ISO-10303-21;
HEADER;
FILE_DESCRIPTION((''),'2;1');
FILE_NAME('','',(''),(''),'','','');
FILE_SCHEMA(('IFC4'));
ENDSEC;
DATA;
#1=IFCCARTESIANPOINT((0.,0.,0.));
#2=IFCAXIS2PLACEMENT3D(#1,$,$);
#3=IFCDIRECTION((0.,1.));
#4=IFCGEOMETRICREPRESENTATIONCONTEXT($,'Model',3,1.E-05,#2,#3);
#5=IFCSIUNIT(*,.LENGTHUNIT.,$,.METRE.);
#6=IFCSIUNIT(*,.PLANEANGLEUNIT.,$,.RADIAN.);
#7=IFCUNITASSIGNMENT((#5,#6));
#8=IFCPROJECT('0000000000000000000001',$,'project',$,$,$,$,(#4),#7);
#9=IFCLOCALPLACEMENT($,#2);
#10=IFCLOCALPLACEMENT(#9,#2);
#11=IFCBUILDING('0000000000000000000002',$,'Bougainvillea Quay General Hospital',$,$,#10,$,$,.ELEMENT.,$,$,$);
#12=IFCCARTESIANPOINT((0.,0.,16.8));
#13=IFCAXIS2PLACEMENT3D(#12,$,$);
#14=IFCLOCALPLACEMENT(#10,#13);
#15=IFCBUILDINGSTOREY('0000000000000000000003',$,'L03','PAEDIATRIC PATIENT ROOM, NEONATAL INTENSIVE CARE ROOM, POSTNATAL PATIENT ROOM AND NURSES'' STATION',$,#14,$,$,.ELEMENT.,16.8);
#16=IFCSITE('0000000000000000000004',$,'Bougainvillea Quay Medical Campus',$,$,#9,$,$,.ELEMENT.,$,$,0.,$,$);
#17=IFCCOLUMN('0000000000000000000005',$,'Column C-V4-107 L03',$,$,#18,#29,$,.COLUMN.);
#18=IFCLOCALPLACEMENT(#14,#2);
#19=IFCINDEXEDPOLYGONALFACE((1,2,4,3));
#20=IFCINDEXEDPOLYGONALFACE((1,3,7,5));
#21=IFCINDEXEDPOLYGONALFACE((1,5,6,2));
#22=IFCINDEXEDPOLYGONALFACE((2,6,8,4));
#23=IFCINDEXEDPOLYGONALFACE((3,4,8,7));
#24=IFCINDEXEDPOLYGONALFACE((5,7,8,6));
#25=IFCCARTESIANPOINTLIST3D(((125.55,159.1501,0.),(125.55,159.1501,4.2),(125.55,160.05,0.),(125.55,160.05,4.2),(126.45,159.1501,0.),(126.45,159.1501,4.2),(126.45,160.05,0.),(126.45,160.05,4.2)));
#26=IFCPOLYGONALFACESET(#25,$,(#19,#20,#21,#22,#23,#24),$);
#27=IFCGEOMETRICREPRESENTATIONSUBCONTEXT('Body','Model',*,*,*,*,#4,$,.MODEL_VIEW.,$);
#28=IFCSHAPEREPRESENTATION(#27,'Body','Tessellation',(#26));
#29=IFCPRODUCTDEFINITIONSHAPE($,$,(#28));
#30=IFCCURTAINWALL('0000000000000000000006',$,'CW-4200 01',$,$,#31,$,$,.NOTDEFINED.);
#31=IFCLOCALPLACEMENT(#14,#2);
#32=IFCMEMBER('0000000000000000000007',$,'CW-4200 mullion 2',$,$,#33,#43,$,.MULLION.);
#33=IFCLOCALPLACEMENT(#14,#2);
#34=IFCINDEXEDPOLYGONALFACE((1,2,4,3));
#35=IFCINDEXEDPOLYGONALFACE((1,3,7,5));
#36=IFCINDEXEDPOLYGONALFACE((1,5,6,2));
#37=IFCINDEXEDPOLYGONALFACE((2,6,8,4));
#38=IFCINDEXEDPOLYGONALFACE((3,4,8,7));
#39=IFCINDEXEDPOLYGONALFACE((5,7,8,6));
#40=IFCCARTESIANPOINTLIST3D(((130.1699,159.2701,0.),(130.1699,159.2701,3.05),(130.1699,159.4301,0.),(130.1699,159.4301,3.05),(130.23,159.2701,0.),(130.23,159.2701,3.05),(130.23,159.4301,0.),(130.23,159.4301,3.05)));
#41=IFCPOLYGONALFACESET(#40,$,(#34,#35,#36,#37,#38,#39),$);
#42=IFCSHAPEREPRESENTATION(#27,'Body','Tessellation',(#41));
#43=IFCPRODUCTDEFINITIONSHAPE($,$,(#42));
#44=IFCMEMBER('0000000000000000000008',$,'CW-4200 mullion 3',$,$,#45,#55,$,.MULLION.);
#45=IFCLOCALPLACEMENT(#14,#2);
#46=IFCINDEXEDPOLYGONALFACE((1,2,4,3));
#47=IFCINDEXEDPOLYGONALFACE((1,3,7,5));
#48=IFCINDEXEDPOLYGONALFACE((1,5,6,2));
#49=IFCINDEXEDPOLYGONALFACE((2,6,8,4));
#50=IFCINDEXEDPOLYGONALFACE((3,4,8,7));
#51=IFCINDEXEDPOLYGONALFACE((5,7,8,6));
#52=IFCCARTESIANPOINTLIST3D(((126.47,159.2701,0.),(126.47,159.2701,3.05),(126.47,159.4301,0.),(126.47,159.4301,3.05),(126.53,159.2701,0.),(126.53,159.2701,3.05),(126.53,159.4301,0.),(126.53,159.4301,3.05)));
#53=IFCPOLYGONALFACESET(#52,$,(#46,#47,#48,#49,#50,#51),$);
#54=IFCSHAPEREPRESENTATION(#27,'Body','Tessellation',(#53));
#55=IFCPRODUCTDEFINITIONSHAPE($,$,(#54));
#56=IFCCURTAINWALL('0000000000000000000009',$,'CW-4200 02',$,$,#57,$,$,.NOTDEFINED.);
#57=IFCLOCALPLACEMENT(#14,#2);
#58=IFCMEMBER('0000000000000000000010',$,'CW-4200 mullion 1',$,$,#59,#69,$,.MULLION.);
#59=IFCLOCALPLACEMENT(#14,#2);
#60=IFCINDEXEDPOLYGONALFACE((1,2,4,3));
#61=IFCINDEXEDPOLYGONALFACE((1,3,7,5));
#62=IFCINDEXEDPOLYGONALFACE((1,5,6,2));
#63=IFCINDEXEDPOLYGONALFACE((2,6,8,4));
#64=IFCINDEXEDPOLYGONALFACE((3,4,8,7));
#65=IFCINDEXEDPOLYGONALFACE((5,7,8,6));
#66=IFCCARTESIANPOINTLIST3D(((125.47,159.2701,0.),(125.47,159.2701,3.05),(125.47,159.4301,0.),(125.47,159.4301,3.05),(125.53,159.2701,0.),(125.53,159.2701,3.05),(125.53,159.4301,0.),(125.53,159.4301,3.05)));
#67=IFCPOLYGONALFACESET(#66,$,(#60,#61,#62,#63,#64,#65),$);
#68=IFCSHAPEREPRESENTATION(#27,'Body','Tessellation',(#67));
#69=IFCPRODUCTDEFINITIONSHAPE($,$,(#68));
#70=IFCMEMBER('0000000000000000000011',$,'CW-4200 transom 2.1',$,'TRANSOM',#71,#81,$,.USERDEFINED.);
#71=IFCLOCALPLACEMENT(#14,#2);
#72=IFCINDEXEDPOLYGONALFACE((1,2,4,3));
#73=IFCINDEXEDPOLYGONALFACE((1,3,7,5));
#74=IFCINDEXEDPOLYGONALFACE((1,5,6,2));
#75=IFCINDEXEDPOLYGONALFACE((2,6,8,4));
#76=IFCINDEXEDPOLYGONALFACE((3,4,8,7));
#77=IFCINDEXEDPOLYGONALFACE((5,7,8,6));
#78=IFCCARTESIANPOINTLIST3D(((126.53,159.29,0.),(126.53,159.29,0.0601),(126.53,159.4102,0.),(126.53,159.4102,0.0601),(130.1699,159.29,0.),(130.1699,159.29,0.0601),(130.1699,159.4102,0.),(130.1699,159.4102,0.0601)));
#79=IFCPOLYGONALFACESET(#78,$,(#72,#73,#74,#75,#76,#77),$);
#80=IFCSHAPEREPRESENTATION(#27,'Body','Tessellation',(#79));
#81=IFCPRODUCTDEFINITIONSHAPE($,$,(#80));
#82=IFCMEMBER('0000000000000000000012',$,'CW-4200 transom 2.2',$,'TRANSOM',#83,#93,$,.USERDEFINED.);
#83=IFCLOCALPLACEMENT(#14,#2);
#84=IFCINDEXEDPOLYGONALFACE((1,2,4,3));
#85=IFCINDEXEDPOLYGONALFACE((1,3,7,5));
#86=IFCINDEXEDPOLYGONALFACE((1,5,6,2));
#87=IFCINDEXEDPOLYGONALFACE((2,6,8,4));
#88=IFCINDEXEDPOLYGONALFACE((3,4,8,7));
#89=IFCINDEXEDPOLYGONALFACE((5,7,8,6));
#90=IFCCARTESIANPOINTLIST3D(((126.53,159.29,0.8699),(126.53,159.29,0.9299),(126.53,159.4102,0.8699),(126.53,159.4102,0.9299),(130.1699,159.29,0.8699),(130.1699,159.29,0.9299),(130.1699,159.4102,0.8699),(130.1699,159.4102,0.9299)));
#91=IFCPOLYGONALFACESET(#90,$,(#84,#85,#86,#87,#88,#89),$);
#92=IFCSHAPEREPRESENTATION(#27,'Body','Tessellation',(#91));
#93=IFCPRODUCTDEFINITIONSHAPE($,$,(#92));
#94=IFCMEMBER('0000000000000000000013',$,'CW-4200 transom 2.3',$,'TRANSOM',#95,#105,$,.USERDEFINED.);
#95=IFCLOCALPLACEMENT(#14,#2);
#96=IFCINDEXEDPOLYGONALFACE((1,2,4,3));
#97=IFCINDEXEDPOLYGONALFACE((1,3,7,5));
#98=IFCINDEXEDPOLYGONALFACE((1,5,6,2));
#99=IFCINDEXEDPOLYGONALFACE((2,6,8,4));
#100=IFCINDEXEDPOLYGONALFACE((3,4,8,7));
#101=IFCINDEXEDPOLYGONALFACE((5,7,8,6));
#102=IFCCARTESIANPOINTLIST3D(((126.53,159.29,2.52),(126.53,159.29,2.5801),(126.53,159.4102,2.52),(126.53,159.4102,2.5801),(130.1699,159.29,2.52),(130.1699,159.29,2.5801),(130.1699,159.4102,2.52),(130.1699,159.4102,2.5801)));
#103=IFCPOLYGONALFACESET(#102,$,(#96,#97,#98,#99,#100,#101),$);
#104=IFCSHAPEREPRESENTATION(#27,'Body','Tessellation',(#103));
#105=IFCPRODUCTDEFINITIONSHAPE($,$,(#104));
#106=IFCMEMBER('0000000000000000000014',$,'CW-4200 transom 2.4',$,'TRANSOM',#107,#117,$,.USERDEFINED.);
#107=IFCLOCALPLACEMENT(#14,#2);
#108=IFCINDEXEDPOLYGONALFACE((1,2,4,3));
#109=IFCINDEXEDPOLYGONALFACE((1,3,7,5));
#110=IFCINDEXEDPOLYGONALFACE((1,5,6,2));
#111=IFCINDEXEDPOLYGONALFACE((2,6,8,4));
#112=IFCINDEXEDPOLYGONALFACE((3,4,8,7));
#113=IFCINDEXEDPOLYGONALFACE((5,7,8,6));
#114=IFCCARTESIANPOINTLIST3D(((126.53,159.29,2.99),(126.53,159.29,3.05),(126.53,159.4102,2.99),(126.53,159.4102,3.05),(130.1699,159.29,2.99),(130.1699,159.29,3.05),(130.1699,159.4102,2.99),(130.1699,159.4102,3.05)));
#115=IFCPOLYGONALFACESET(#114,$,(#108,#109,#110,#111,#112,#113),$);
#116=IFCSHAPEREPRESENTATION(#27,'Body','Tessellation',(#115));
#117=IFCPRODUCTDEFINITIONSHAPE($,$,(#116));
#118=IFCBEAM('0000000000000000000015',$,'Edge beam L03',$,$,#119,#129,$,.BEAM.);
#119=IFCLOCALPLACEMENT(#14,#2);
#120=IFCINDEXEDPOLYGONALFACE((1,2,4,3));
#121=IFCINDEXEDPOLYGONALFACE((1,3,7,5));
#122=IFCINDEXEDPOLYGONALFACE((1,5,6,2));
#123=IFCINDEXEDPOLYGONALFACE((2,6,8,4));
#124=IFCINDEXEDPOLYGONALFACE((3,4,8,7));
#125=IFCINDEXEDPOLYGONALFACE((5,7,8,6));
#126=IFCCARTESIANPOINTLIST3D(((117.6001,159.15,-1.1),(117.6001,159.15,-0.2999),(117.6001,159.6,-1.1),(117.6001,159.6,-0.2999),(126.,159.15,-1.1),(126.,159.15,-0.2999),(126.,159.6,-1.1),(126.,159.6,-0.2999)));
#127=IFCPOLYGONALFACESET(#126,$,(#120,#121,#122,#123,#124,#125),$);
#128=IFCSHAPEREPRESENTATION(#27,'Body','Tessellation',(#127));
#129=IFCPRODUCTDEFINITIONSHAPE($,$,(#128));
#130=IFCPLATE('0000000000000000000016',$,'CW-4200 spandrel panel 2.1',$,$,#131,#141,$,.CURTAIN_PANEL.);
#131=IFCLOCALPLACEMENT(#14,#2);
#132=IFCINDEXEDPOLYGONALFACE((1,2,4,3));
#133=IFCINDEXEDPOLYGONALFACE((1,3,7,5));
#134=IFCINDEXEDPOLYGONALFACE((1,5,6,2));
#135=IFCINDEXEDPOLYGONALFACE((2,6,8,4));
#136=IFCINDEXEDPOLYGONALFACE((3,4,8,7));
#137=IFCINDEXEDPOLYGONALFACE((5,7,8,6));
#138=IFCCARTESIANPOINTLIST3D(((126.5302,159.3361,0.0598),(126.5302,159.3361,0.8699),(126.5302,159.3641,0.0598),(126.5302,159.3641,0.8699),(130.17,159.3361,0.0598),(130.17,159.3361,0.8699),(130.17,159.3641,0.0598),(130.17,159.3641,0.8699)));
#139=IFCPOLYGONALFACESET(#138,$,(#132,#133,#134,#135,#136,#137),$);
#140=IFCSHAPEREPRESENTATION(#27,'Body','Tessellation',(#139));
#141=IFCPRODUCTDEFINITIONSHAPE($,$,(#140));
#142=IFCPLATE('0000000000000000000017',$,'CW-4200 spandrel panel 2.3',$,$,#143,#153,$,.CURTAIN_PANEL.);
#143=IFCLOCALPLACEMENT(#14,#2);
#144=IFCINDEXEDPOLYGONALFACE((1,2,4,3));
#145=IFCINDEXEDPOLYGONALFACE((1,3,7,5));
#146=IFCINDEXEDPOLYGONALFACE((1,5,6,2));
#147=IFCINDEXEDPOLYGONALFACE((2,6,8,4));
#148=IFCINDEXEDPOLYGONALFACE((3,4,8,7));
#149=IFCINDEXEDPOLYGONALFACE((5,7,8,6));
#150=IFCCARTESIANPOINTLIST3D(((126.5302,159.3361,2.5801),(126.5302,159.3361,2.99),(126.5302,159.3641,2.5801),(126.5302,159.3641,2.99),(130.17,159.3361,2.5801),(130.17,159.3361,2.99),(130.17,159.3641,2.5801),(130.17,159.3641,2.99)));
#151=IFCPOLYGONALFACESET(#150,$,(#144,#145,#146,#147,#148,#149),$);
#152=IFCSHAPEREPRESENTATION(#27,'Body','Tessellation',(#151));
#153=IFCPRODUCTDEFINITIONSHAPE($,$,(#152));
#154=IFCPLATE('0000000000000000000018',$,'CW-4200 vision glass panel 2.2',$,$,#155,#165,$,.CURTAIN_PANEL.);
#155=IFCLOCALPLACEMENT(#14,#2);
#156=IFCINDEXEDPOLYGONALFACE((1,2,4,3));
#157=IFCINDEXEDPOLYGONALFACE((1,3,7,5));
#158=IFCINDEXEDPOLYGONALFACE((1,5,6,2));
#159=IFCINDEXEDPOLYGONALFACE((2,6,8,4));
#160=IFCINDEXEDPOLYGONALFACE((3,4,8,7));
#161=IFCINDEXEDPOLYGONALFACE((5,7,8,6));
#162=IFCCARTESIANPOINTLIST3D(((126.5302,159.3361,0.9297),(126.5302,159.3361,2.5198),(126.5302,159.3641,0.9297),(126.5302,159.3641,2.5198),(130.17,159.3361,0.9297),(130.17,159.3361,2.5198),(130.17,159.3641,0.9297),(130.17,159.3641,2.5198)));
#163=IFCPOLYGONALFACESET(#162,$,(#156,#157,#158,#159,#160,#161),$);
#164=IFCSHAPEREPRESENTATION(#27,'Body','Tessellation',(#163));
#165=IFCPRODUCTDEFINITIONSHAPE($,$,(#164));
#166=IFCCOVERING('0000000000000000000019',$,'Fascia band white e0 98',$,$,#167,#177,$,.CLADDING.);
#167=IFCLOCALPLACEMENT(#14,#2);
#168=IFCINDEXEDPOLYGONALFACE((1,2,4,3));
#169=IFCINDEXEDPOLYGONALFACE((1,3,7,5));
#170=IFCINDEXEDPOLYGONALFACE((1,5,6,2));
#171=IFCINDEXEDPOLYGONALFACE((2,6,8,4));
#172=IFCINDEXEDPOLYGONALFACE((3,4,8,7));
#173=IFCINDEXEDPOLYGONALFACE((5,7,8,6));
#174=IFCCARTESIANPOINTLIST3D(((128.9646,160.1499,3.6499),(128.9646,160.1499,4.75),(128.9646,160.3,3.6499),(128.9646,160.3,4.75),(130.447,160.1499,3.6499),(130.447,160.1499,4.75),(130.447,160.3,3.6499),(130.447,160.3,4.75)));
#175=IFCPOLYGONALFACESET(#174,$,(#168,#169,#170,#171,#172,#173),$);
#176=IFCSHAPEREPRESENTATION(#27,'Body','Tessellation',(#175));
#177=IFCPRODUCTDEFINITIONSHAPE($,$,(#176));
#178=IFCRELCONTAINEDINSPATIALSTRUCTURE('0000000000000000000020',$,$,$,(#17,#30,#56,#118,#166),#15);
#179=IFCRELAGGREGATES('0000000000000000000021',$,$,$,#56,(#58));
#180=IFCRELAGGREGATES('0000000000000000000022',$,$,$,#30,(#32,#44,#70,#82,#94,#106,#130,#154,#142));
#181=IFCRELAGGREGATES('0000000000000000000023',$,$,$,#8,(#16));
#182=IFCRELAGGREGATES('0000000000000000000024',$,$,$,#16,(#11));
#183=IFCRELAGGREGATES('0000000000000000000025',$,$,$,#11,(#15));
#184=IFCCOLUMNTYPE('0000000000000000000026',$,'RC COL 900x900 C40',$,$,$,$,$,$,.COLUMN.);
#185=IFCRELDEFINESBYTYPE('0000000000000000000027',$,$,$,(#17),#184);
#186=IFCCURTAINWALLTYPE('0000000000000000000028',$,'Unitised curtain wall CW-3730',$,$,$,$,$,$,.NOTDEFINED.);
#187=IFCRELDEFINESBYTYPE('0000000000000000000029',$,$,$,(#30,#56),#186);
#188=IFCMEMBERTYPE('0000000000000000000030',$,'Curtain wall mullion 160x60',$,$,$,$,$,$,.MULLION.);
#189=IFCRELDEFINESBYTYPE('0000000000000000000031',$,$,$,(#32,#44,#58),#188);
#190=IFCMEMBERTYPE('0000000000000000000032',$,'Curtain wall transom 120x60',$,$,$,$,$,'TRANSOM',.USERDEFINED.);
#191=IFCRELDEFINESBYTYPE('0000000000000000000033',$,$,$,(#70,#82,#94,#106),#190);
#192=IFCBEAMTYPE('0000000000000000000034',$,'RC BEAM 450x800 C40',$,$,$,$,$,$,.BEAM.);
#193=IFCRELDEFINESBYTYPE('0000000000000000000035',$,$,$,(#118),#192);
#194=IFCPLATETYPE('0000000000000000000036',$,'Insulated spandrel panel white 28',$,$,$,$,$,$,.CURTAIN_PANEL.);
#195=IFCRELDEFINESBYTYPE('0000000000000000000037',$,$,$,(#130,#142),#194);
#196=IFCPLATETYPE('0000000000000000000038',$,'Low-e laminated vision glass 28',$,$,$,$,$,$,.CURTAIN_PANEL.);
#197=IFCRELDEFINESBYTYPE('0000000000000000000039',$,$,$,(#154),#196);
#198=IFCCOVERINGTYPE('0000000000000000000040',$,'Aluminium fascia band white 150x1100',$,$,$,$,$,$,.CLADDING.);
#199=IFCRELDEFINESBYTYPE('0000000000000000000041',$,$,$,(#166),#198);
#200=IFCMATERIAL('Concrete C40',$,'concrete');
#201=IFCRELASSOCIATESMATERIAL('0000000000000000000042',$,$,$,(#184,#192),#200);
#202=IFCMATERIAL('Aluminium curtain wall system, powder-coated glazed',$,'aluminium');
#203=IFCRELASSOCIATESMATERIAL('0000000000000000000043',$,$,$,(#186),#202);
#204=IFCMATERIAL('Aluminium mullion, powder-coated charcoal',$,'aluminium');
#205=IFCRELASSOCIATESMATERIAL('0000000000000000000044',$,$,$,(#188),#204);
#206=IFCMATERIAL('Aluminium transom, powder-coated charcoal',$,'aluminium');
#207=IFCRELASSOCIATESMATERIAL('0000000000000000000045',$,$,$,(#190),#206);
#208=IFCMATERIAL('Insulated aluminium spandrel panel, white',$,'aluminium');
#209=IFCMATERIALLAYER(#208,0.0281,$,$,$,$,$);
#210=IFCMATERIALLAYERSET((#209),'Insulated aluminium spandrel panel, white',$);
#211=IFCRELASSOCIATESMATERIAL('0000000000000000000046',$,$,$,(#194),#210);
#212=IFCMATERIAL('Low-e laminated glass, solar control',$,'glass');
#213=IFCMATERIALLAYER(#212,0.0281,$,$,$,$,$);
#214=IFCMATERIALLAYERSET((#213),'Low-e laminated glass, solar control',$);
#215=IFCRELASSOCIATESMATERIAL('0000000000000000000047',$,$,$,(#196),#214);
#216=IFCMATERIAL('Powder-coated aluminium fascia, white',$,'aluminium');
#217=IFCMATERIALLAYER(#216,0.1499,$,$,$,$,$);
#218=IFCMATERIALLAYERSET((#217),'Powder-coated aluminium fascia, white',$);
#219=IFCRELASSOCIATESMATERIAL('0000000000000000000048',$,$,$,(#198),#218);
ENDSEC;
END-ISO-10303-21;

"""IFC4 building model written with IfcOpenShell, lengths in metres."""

from ifc_helpers import new_model, si_unit, direction, frame, origin, origin_2d, place, context, subcontext, project, spatial, polyline, rectangle, outline, extrude, material, layer, layer_set, material_profile, profile_set, type_object, element, aggregate, save


model = new_model("IFC4")

# Units and contexts
model_context = context("Model", 3, precision=1e-05, world=origin(), true_north=direction((0.0, 1.0)))
body_context = subcontext(model_context, "Body", "Model", "MODEL_VIEW")
ifc_project = project(units=[si_unit("LENGTHUNIT", "METRE"), si_unit("PLANEANGLEUNIT", "RADIAN")], contexts=[model_context])

# Site, building, storey
site_placement = place(None, origin())
site = spatial("IfcSite", under=ifc_project, at=site_placement, Name="Bougainvillea Quay Medical Campus", CompositionType="ELEMENT", RefElevation=0.0)
building_placement = place(site_placement, origin())
building = spatial("IfcBuilding", under=site, at=building_placement, Name="Bougainvillea Quay General Hospital", CompositionType="ELEMENT")
storey_placement = place(building_placement, frame((0.0, 0.0, 16.8)))
storey = spatial("IfcBuildingStorey", under=building, at=storey_placement, Name="L03", Description="PAEDIATRIC PATIENT ROOM, NEONATAL INTENSIVE CARE ROOM, POSTNATAL PATIENT ROOM AND NURSES' STATION", CompositionType="ELEMENT", Elevation=16.8)

# Column
ifc_material_1 = material(Name="Concrete C40", Category="concrete")
ifc_material_profile_1 = material_profile(ifc_material_1, rectangle(XDim=0.8999, YDim=0.8999, at=origin_2d()))
ifc_profile_set_1 = profile_set([ifc_material_profile_1], Name="Concrete C40")
column_type = type_object("IfcColumnType", Name="RC COL 900x900 C40", PredefinedType="COLUMN", material=ifc_profile_set_1)
column_placement = place(storey_placement, frame((126.0, 159.6001, 0.0), z_axis=(0.0, 0.0, 1.0), x_axis=(1.0, 0.0, 0.0)))
element("IfcColumn", 1, at=column_placement, inside=storey, type_object=column_type, Name="Column C-V4-107 L03", PredefinedType="COLUMN", context=body_context, shape_type="SweptSolid", body=[
    extrude(rectangle(XDim=0.8999, YDim=0.8999, at=origin_2d()), origin(), (0.0, 0.0, 1.0), 4.2),
])

# Curtain wall, members
ifc_material_2 = material(Name="Aluminium curtain wall system, powder-coated glazed", Category="aluminium")
curtain_wall_type = type_object("IfcCurtainWallType", Name="Unitised curtain wall CW-3730", PredefinedType="NOTDEFINED", material=ifc_material_2)
curtain_wall_1_placement = place(storey_placement, origin())
curtain_wall_1 = element("IfcCurtainWall", 2, at=curtain_wall_1_placement, inside=storey, type_object=curtain_wall_type, Name="CW-4200 01", PredefinedType="NOTDEFINED")
ifc_material_3 = material(Name="Aluminium mullion, powder-coated charcoal", Category="aluminium")
ifc_material_profile_2 = material_profile(ifc_material_3, rectangle(XDim=0.1599, YDim=0.0601, at=origin_2d()))
ifc_profile_set_2 = profile_set([ifc_material_profile_2], Name="Aluminium mullion, powder-coated charcoal")
member_type_1 = type_object("IfcMemberType", Name="Curtain wall mullion 160x60", PredefinedType="MULLION", material=ifc_profile_set_2)
member_1_placement = place(storey_placement, frame((130.2, 159.3501, 0.0), z_axis=(0.0, 0.0, 1.0), x_axis=(0.0, -1.0, 0.0)))
member_1 = element("IfcMember", 3, at=member_1_placement, type_object=member_type_1, Name="CW-4200 mullion 2", PredefinedType="MULLION", context=body_context, shape_type="SweptSolid", body=[
    extrude(rectangle(XDim=0.1599, YDim=0.0601, at=origin_2d()), origin(), (0.0, 0.0, 1.0), 3.05),
])
member_2_placement = place(storey_placement, frame((126.5, 159.3501, 0.0), z_axis=(0.0, 0.0, 1.0), x_axis=(0.0, -1.0, 0.0)))
member_2 = element("IfcMember", 4, at=member_2_placement, type_object=member_type_1, Name="CW-4200 mullion 3", PredefinedType="MULLION", context=body_context, shape_type="SweptSolid", body=[
    extrude(rectangle(XDim=0.1599, YDim=0.0601, at=origin_2d()), origin(), (0.0, 0.0, 1.0), 3.05),
])

# Curtain wall, member
curtain_wall_2_placement = place(storey_placement, origin())
curtain_wall_2 = element("IfcCurtainWall", 5, at=curtain_wall_2_placement, inside=storey, type_object=curtain_wall_type, Name="CW-4200 02", PredefinedType="NOTDEFINED")
member_3_placement = place(storey_placement, frame((125.5, 159.3501, 0.0), z_axis=(0.0, 0.0, 1.0), x_axis=(0.0, -1.0, 0.0)))
member_3 = element("IfcMember", 6, at=member_3_placement, type_object=member_type_1, Name="CW-4200 mullion 1", PredefinedType="MULLION", context=body_context, shape_type="SweptSolid", body=[
    extrude(rectangle(XDim=0.1599, YDim=0.0601, at=origin_2d()), origin(), (0.0, 0.0, 1.0), 3.05),
])
aggregate(curtain_wall_2, [member_3])

# Members
ifc_material_4 = material(Name="Aluminium transom, powder-coated charcoal", Category="aluminium")
ifc_material_profile_3 = material_profile(ifc_material_4, rectangle(XDim=0.1201, YDim=0.0601, at=origin_2d()))
ifc_profile_set_3 = profile_set([ifc_material_profile_3], Name="Aluminium transom, powder-coated charcoal")
member_type_2 = type_object("IfcMemberType", Name="Curtain wall transom 120x60", ElementType="TRANSOM", PredefinedType="USERDEFINED", material=ifc_profile_set_3)
member_4_placement = place(storey_placement, frame((130.1699, 159.3501, 0.03), z_axis=(-1.0, 0.0, 0.0), x_axis=(0.0, -1.0, 0.0)))
member_4 = element("IfcMember", 7, at=member_4_placement, type_object=member_type_2, Name="CW-4200 transom 2.1", ObjectType="TRANSOM", PredefinedType="USERDEFINED", context=body_context, shape_type="SweptSolid", body=[
    extrude(rectangle(XDim=0.1201, YDim=0.0601, at=origin_2d()), origin(), (0.0, 0.0, 1.0), 3.6399),
])
member_5_placement = place(storey_placement, frame((130.1699, 159.3501, 0.8999), z_axis=(-1.0, 0.0, 0.0), x_axis=(0.0, -1.0, 0.0)))
member_5 = element("IfcMember", 8, at=member_5_placement, type_object=member_type_2, Name="CW-4200 transom 2.2", ObjectType="TRANSOM", PredefinedType="USERDEFINED", context=body_context, shape_type="SweptSolid", body=[
    extrude(rectangle(XDim=0.1201, YDim=0.0601, at=origin_2d()), origin(), (0.0, 0.0, 1.0), 3.6399),
])
member_6_placement = place(storey_placement, frame((130.1699, 159.3501, 2.55), z_axis=(-1.0, 0.0, 0.0), x_axis=(0.0, -1.0, 0.0)))
member_6 = element("IfcMember", 9, at=member_6_placement, type_object=member_type_2, Name="CW-4200 transom 2.3", ObjectType="TRANSOM", PredefinedType="USERDEFINED", context=body_context, shape_type="SweptSolid", body=[
    extrude(rectangle(XDim=0.1201, YDim=0.0601, at=origin_2d()), origin(), (0.0, 0.0, 1.0), 3.6399),
])
member_7_placement = place(storey_placement, frame((130.1699, 159.3501, 3.02), z_axis=(-1.0, 0.0, 0.0), x_axis=(0.0, -1.0, 0.0)))
member_7 = element("IfcMember", 10, at=member_7_placement, type_object=member_type_2, Name="CW-4200 transom 2.4", ObjectType="TRANSOM", PredefinedType="USERDEFINED", context=body_context, shape_type="SweptSolid", body=[
    extrude(rectangle(XDim=0.1201, YDim=0.0601, at=origin_2d()), origin(), (0.0, 0.0, 1.0), 3.6399),
])

# Beam
ifc_material_profile_4 = material_profile(ifc_material_1, rectangle(XDim=0.45, YDim=0.8, at=origin_2d()))
ifc_profile_set_4 = profile_set([ifc_material_profile_4], Name="Concrete C40")
beam_type = type_object("IfcBeamType", Name="RC BEAM 450x800 C40", PredefinedType="BEAM", material=ifc_profile_set_4)
beam_placement = place(storey_placement, frame((126.0, 159.375, -0.7), z_axis=(-1.0, 0.0, 0.0), x_axis=(0.0, -1.0, 0.0)))
element("IfcBeam", 11, at=beam_placement, inside=storey, type_object=beam_type, Name="Edge beam L03", PredefinedType="BEAM", context=body_context, shape_type="SweptSolid", body=[
    extrude(rectangle(XDim=0.45, YDim=0.8, at=origin_2d()), origin(), (0.0, 0.0, 1.0), 8.3999),
])

# Plates
ifc_material_5 = material(Name="Insulated aluminium spandrel panel, white", Category="aluminium")
ifc_layer_1 = layer(ifc_material_5, 0.0281)
ifc_layer_set_1 = layer_set([ifc_layer_1], Name="Insulated aluminium spandrel panel, white")
plate_type_1 = type_object("IfcPlateType", Name="Insulated spandrel panel white 28", PredefinedType="CURTAIN_PANEL", material=ifc_layer_set_1)
plate_1_placement = place(storey_placement, frame((128.3501, 159.3501, 0.0598), z_axis=(0.0, 0.0, 1.0), x_axis=(-1.0, 0.0, 0.0)))
plate_1 = element("IfcPlate", 12, at=plate_1_placement, type_object=plate_type_1, Name="CW-4200 spandrel panel 2.1", PredefinedType="CURTAIN_PANEL", context=body_context, shape_type="SweptSolid", body=[
    extrude(rectangle(XDim=3.6399, YDim=0.0281, at=origin_2d()), origin(), (0.0, 0.0, 1.0), 0.8101),
])
plate_2_placement = place(storey_placement, frame((128.3501, 159.3501, 2.5801), z_axis=(0.0, 0.0, 1.0), x_axis=(-1.0, 0.0, 0.0)))
plate_2 = element("IfcPlate", 13, at=plate_2_placement, type_object=plate_type_1, Name="CW-4200 spandrel panel 2.3", PredefinedType="CURTAIN_PANEL", context=body_context, shape_type="SweptSolid", body=[
    extrude(rectangle(XDim=3.6399, YDim=0.0281, at=origin_2d()), origin(), (0.0, 0.0, 1.0), 0.4099),
])
ifc_material_6 = material(Name="Low-e laminated glass, solar control", Category="glass")
ifc_layer_2 = layer(ifc_material_6, 0.0281)
ifc_layer_set_2 = layer_set([ifc_layer_2], Name="Low-e laminated glass, solar control")
plate_type_2 = type_object("IfcPlateType", Name="Low-e laminated vision glass 28", PredefinedType="CURTAIN_PANEL", material=ifc_layer_set_2)
plate_3_placement = place(storey_placement, frame((128.3501, 159.3501, 0.9297), z_axis=(0.0, 0.0, 1.0), x_axis=(-1.0, 0.0, 0.0)))
plate_3 = element("IfcPlate", 14, at=plate_3_placement, type_object=plate_type_2, Name="CW-4200 vision glass panel 2.2", PredefinedType="CURTAIN_PANEL", context=body_context, shape_type="SweptSolid", body=[
    extrude(rectangle(XDim=3.6399, YDim=0.0281, at=origin_2d()), origin(), (0.0, 0.0, 1.0), 1.5901),
])
aggregate(curtain_wall_1, [member_1, member_2, member_4, member_5, member_6, member_7, plate_1, plate_3, plate_2])

# Covering
ifc_material_7 = material(Name="Powder-coated aluminium fascia, white", Category="aluminium")
ifc_layer_3 = layer(ifc_material_7, 0.1499)
ifc_layer_set_3 = layer_set([ifc_layer_3], Name="Powder-coated aluminium fascia, white")
covering_type = type_object("IfcCoveringType", Name="Aluminium fascia band white 150x1100", PredefinedType="CLADDING", material=ifc_layer_set_3)
covering_1_placement = place(storey_placement, frame((130.447, 160.1499, 3.6499), z_axis=(0.0, 0.0, 1.0), x_axis=(-1.0, 0.0, 0.0)))
element("IfcCovering", 15, at=covering_1_placement, inside=storey, type_object=covering_type, Name="Fascia band white e0 98", PredefinedType="CLADDING", context=body_context, shape_type="SweptSolid", body=[
    extrude(outline(polyline([(0.0, 0.0), (1.4824, 0.0), (1.4824, -0.1501), (0.0, -0.1501), (0.0, 0.0)])), origin(), (0.0, 0.0, 1.0), 1.1001),
])

save(model, "model.ifc")
